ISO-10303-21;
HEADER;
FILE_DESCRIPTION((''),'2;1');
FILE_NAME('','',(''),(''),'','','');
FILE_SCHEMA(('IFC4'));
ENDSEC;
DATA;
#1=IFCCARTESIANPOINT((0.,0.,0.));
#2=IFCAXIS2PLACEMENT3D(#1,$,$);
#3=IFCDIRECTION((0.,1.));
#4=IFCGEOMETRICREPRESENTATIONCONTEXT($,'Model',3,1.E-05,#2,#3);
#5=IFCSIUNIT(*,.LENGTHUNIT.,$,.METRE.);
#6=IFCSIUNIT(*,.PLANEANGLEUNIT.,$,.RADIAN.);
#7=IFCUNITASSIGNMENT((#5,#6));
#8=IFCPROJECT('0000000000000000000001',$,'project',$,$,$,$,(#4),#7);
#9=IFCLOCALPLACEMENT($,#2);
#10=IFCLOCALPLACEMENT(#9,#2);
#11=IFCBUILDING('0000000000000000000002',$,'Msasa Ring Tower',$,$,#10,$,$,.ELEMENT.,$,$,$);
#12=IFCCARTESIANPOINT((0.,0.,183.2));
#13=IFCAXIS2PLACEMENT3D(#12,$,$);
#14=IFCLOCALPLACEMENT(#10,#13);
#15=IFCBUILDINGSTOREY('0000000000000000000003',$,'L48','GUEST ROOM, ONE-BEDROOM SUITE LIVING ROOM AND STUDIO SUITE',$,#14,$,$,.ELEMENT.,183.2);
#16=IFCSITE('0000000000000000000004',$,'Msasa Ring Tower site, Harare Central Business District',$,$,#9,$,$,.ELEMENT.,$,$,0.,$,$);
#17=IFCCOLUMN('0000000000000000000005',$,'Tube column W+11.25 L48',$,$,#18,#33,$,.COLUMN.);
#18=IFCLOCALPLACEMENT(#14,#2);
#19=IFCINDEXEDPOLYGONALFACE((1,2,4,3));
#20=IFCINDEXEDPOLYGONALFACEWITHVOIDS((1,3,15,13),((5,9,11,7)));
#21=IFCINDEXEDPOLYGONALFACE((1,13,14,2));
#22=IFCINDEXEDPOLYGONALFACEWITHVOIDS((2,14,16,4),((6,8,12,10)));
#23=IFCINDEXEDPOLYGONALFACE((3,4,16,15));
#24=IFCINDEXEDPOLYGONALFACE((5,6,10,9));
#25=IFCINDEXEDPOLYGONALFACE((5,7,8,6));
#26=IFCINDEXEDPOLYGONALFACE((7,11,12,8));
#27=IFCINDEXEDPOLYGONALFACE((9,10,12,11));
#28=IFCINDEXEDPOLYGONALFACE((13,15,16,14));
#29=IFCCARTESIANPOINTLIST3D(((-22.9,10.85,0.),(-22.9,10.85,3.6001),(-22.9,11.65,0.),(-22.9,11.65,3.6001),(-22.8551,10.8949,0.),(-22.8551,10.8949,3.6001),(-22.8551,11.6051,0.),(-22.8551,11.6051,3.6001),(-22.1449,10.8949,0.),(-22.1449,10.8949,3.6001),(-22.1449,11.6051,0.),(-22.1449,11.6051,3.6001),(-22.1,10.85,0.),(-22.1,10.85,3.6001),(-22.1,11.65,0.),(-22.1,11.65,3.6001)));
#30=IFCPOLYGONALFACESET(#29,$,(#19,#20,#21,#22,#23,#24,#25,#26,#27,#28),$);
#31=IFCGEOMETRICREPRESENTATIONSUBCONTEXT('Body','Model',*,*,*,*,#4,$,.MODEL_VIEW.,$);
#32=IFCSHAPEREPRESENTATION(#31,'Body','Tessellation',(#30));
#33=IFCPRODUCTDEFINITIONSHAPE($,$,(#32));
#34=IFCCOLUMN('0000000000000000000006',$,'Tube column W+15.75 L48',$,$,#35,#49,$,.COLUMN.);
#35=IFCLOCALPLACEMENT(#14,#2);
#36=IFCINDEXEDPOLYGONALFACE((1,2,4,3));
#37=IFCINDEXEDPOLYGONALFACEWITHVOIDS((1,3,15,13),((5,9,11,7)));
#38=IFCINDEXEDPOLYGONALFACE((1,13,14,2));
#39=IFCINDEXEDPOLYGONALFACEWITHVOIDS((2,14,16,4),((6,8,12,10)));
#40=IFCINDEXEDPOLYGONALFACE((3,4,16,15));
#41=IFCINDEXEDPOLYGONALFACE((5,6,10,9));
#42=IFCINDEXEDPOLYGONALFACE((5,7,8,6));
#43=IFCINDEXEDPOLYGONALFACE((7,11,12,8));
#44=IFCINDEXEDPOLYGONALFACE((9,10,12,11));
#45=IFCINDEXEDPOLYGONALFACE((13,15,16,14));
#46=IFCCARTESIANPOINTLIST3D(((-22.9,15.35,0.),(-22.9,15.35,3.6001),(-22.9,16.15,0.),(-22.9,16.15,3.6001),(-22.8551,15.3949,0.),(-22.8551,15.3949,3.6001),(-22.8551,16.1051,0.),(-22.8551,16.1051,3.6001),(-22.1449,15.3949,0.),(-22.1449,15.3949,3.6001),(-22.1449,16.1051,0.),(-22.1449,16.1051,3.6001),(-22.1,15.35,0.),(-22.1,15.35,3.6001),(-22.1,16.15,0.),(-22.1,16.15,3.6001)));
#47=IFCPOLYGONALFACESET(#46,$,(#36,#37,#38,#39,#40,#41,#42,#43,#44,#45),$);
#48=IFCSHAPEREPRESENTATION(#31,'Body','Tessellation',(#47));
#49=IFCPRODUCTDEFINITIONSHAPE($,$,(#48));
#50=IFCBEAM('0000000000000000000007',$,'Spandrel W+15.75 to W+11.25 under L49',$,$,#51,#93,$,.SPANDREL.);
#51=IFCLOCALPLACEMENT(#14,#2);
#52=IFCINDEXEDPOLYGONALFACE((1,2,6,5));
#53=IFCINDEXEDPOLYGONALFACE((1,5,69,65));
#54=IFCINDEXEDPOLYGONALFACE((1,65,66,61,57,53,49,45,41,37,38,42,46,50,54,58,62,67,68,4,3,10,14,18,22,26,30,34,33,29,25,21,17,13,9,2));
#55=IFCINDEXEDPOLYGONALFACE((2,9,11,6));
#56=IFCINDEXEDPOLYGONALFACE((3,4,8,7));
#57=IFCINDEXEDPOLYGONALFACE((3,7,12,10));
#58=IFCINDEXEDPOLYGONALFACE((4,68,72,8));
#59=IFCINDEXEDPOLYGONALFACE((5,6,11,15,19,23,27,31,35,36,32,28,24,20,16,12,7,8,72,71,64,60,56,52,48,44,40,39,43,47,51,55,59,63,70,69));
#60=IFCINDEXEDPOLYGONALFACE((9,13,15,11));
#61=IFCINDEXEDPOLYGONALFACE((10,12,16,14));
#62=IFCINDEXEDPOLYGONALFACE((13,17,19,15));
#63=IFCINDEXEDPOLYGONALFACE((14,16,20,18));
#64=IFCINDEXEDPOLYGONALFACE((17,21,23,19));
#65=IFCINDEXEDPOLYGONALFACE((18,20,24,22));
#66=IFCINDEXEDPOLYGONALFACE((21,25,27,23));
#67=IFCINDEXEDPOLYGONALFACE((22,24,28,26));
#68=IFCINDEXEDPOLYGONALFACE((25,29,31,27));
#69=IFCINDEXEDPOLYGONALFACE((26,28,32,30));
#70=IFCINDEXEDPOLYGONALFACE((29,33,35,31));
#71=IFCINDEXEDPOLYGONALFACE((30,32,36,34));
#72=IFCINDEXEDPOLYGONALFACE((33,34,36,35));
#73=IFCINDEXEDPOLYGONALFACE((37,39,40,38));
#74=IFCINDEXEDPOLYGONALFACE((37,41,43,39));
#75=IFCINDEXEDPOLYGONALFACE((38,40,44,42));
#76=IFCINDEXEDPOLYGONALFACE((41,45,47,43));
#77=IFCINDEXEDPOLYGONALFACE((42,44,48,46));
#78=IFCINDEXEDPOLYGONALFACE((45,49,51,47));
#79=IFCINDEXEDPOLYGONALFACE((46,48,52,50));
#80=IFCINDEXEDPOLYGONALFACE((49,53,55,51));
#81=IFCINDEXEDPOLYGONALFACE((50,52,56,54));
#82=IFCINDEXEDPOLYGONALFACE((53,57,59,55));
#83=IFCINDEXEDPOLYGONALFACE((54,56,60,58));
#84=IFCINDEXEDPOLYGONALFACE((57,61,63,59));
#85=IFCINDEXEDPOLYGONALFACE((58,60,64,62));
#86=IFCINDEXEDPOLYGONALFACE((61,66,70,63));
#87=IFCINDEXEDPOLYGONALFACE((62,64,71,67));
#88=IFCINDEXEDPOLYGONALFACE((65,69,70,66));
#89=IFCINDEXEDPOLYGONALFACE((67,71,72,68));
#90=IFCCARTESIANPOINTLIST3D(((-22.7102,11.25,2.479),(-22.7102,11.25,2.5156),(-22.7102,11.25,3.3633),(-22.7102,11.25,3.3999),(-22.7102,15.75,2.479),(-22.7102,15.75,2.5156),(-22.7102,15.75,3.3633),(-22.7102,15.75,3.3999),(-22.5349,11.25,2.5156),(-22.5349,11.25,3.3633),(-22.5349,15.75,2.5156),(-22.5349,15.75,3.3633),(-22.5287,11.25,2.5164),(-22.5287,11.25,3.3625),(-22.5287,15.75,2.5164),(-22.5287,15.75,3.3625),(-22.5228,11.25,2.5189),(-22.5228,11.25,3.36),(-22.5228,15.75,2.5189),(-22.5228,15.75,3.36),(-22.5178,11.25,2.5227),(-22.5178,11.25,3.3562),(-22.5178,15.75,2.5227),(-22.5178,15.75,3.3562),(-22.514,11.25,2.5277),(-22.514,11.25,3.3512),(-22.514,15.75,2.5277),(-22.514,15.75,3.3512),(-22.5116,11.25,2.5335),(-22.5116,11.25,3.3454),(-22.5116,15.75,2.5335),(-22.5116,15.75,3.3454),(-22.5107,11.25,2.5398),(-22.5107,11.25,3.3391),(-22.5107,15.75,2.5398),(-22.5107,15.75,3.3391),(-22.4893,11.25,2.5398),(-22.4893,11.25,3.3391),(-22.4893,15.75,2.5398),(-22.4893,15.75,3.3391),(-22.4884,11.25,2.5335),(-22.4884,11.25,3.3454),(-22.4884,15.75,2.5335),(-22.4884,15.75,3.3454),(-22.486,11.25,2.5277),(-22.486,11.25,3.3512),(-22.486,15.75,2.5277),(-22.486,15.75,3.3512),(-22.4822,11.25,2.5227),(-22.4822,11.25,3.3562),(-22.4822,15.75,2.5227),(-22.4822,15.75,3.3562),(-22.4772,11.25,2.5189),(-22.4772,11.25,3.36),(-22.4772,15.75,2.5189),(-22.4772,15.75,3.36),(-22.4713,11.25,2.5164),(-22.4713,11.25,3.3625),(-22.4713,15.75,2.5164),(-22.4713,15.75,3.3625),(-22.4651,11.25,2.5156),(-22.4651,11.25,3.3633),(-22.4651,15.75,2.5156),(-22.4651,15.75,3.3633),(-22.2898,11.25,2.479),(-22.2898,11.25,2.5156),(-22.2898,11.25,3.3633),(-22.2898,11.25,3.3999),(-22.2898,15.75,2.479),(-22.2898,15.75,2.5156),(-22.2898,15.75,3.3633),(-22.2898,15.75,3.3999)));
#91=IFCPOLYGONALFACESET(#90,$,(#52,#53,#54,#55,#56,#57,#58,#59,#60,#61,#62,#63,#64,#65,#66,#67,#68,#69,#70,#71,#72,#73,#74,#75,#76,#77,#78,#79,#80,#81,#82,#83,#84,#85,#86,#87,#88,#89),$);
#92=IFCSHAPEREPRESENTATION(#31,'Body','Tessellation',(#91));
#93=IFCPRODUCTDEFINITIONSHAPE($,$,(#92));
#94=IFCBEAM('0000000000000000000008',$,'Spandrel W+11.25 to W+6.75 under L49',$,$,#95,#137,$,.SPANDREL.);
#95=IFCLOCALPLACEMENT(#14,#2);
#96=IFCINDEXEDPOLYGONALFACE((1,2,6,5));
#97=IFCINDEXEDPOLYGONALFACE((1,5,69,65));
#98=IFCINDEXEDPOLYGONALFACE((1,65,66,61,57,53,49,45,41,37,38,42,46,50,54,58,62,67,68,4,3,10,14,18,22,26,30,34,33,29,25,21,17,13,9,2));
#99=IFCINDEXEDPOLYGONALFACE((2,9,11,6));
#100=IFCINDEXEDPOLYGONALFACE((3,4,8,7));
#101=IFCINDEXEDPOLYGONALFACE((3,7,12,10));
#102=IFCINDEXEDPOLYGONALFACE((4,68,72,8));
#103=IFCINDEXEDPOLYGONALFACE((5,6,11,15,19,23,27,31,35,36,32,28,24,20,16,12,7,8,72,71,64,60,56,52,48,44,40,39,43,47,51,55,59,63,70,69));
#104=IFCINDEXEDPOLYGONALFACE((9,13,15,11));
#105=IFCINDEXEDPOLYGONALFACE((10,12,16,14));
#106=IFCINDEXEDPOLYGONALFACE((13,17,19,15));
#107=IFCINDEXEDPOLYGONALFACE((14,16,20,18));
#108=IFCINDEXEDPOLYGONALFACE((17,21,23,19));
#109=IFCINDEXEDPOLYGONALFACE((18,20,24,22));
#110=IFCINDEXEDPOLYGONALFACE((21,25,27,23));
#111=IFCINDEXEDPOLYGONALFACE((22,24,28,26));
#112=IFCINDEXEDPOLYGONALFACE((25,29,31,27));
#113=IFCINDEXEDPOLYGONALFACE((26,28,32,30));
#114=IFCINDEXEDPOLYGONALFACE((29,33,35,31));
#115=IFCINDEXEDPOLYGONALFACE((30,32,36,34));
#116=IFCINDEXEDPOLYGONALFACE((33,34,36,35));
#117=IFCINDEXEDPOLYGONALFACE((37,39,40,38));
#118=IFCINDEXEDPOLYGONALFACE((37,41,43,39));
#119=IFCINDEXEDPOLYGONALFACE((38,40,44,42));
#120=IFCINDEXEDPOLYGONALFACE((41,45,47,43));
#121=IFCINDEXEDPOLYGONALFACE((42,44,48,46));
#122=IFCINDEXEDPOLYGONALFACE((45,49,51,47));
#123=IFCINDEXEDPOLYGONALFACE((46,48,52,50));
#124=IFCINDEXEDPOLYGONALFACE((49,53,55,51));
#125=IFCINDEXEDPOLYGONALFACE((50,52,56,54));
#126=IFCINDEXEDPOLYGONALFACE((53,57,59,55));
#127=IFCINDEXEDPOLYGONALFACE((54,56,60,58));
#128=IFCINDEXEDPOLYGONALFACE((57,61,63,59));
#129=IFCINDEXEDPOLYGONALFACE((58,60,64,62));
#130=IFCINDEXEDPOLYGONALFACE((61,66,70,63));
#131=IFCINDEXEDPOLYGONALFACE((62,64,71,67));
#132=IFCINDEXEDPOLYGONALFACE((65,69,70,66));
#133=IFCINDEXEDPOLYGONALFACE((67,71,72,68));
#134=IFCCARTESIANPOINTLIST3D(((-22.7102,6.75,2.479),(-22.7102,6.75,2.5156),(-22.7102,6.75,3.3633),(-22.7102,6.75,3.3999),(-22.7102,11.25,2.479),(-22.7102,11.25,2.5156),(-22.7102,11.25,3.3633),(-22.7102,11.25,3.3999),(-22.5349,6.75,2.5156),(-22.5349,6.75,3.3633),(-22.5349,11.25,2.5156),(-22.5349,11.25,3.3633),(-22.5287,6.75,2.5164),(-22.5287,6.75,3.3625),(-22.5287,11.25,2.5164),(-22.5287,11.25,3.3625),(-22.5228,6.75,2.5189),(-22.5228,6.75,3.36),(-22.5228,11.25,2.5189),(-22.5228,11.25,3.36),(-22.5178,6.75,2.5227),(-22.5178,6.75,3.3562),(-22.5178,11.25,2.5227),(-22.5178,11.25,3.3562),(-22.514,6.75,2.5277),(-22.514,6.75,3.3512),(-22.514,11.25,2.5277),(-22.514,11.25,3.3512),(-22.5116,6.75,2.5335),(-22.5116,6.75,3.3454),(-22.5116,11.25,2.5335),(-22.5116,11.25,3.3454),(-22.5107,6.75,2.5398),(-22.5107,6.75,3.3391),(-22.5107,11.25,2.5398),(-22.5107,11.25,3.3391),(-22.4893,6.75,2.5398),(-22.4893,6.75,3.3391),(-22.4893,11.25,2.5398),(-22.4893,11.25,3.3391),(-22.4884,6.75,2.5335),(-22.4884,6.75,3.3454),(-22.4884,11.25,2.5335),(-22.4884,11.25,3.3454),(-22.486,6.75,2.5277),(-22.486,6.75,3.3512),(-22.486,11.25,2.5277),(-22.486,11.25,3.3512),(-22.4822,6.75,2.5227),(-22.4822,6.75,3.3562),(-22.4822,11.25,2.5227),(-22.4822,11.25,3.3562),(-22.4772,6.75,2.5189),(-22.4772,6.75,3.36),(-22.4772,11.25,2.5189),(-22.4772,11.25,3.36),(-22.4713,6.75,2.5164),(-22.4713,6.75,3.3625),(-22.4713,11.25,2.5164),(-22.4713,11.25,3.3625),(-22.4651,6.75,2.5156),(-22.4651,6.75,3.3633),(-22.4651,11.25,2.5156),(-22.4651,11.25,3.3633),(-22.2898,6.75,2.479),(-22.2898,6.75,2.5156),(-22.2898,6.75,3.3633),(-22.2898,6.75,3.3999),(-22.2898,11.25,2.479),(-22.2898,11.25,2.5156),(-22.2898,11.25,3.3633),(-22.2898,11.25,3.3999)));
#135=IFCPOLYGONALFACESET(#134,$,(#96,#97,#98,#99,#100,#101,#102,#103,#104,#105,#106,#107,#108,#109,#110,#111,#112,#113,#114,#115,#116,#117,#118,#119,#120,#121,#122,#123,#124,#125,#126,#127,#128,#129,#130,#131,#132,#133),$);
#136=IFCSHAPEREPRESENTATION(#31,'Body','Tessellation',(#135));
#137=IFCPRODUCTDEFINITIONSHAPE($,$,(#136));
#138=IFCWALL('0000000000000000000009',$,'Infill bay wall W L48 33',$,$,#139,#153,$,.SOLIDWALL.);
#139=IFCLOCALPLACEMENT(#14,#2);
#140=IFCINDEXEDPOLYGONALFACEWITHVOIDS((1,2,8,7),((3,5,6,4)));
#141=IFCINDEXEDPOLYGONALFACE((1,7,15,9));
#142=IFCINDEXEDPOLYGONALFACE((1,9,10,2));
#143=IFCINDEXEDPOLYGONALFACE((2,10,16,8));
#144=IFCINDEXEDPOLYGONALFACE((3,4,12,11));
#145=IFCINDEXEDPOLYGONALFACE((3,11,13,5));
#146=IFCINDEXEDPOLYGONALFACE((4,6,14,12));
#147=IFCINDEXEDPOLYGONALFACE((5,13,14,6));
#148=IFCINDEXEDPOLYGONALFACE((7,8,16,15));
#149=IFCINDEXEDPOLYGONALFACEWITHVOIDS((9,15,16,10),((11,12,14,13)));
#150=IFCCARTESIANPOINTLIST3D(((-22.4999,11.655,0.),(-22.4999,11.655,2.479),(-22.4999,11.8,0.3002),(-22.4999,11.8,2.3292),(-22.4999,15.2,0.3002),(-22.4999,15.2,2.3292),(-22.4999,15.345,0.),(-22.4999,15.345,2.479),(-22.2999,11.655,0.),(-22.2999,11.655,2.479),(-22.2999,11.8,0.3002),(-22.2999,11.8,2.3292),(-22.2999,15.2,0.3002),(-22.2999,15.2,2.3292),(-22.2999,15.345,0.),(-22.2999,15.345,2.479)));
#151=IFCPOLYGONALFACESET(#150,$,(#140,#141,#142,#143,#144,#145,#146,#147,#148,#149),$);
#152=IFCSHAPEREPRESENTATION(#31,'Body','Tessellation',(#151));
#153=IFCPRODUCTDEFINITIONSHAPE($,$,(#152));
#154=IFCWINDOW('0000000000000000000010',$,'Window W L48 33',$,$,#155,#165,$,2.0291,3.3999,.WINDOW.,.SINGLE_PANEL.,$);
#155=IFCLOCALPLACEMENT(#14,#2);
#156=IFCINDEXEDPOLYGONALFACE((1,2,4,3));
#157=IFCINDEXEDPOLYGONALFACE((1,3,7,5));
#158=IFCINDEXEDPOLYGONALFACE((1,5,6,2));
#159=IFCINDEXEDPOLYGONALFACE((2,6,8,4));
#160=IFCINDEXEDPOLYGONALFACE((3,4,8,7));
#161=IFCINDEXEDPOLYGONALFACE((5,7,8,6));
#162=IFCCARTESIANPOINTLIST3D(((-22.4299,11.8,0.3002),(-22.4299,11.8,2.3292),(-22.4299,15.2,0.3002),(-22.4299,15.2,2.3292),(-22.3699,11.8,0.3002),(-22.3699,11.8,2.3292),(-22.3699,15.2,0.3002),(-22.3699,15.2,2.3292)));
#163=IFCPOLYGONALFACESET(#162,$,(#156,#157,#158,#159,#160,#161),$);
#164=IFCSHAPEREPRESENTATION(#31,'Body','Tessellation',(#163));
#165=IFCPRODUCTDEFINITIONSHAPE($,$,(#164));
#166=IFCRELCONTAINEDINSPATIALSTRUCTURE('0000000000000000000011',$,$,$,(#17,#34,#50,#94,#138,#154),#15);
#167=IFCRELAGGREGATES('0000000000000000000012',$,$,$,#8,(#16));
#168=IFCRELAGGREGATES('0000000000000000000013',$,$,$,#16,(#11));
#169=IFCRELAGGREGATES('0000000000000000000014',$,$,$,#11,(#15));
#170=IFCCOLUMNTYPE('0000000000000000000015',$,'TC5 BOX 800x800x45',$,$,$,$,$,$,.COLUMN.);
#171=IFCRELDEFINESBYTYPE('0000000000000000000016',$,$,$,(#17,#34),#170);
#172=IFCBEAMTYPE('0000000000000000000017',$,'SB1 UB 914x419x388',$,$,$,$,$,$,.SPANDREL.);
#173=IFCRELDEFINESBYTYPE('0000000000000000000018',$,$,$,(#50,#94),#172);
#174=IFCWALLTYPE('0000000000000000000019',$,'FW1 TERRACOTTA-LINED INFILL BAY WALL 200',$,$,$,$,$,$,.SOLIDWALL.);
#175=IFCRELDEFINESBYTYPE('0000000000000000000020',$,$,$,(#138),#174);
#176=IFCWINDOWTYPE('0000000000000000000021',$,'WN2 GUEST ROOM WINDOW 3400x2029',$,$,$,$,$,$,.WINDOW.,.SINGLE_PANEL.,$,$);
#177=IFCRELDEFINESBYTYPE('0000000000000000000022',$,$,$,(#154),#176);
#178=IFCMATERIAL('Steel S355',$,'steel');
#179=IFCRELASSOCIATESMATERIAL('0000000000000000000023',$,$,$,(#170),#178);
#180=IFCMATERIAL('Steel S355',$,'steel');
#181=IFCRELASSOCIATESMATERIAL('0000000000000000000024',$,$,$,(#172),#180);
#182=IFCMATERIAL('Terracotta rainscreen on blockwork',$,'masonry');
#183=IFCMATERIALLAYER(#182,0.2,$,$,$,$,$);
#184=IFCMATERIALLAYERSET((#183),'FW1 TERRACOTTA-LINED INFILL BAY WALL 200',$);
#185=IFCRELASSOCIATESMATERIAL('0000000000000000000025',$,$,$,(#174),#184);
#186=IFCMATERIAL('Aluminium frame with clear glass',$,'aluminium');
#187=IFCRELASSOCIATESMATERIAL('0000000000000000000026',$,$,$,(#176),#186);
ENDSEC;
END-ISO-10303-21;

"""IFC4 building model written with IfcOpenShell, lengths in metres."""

from ifc_helpers import new_model, si_unit, direction, frame, frame_2d, origin, origin_2d, place, context, subcontext, project, spatial, rectangle, hollow_rectangle, i_section, extrude, material, layer, layer_set, material_profile, profile_set, type_object, element, fill, save


model = new_model("IFC4")

# Units and contexts
model_context = context("Model", 3, precision=1e-05, world=origin(), true_north=direction((0.0, 1.0)))
body_context = subcontext(model_context, "Body", "Model", "MODEL_VIEW")
ifc_project = project(units=[si_unit("LENGTHUNIT", "METRE"), si_unit("PLANEANGLEUNIT", "RADIAN")], contexts=[model_context])

# Site, building, storey
site_placement = place(None, origin())
site = spatial("IfcSite", under=ifc_project, at=site_placement, Name="Msasa Ring Tower site, Harare Central Business District", CompositionType="ELEMENT", RefElevation=0.0)
building_placement = place(site_placement, origin())
building = spatial("IfcBuilding", under=site, at=building_placement, Name="Msasa Ring Tower", CompositionType="ELEMENT")
storey_placement = place(building_placement, frame((0.0, 0.0, 183.2)))
storey = spatial("IfcBuildingStorey", under=building, at=storey_placement, Name="L48", Description="GUEST ROOM, ONE-BEDROOM SUITE LIVING ROOM AND STUDIO SUITE", CompositionType="ELEMENT", Elevation=183.2)

# Columns
ifc_material_1 = material(Name="Steel S355", Category="steel")
ifc_material_profile_1 = material_profile(ifc_material_1, hollow_rectangle(XDim=0.8, YDim=0.8, WallThickness=0.0449, at=origin_2d()), Name="BOX 800x800x45")
ifc_profile_set_1 = profile_set([ifc_material_profile_1], Name="Steel S355")
column_type = type_object("IfcColumnType", Name="TC5 BOX 800x800x45", PredefinedType="COLUMN", material=ifc_profile_set_1)
for number, where, z_axis, x_axis, name in (
    (1, (-22.5, 11.25, 0.0), (0.0, 0.0, 1.0), (1.0, 0.0, 0.0), "Tube column W+11.25 L48"),
    (2, (-22.5, 15.75, 0.0), (0.0, 0.0, 1.0), (1.0, 0.0, 0.0), "Tube column W+15.75 L48"),
):
    element("IfcColumn", number, at=place(storey_placement, frame(where, z_axis=z_axis, x_axis=x_axis)), inside=storey, type_object=column_type, Name=name, PredefinedType="COLUMN", context=body_context, shape_type="SweptSolid", body=[
        extrude(hollow_rectangle(XDim=0.8, YDim=0.8, WallThickness=0.0449, at=origin_2d()), origin(), (0.0, 0.0, 1.0), 3.6001),
    ])

# Beams
ifc_material_2 = material(Name="Steel S355", Category="steel")
ifc_material_profile_2 = material_profile(ifc_material_2, i_section(OverallWidth=0.4204, OverallDepth=0.9209, WebThickness=0.0215, FlangeThickness=0.0366, FilletRadius=0.0242, at=origin_2d()), Name="UB 914x419x388")
ifc_profile_set_2 = profile_set([ifc_material_profile_2], Name="Steel S355")
beam_type = type_object("IfcBeamType", Name="SB1 UB 914x419x388", PredefinedType="SPANDREL", material=ifc_profile_set_2)
for number, where, z_axis, x_axis, name in (
    (3, (-22.5, 15.75, 2.9395), (0.0, -1.0, 0.0), (1.0, 0.0, 0.0), "Spandrel W+15.75 to W+11.25 under L49"),
    (4, (-22.5, 11.25, 2.9395), (0.0, -1.0, 0.0), (1.0, 0.0, 0.0), "Spandrel W+11.25 to W+6.75 under L49"),
):
    element("IfcBeam", number, at=place(storey_placement, frame(where, z_axis=z_axis, x_axis=x_axis)), inside=storey, type_object=beam_type, Name=name, PredefinedType="SPANDREL", context=body_context, shape_type="SweptSolid", body=[
        extrude(i_section(OverallWidth=0.4204, OverallDepth=0.9209, WebThickness=0.0215, FlangeThickness=0.0366, FilletRadius=0.0242, at=origin_2d()), origin(), (0.0, 0.0, 1.0), 4.5),
    ])

# Wall, opening, window
ifc_material_3 = material(Name="Terracotta rainscreen on blockwork", Category="masonry")
ifc_layer_1 = layer(ifc_material_3, 0.2)
ifc_layer_set_1 = layer_set([ifc_layer_1], Name="FW1 TERRACOTTA-LINED INFILL BAY WALL 200")
wall_type_1 = type_object("IfcWallType", Name="FW1 TERRACOTTA-LINED INFILL BAY WALL 200", PredefinedType="SOLIDWALL", material=ifc_layer_set_1)
wall_1_placement = place(storey_placement, frame((-22.3999, 11.655, 0.0), z_axis=(0.0, 0.0, 1.0), x_axis=(0.0, 1.0, 0.0)))
wall_1 = element("IfcWall", 5, at=wall_1_placement, inside=storey, type_object=wall_type_1, Name="Infill bay wall W L48 33", PredefinedType="SOLIDWALL", context=body_context, shape_type="SweptSolid", body=[
    extrude(rectangle(XDim=3.6899, YDim=0.2, at=frame_2d((1.845, 0.0))), origin(), (0.0, 0.0, 1.0), 2.479),
])
opening_1_placement = place(wall_1_placement, frame((0.145, 0.0, 0.3)))
opening_1 = element("IfcOpeningElement", 6, at=opening_1_placement, cuts=wall_1, PredefinedType="OPENING", context=body_context, shape_type="SweptSolid", body=[
    extrude(rectangle(XDim=3.3999, YDim=2.0291, at=frame_2d((1.7, 1.0146))), frame((0.0, 0.1099, 0.0), z_axis=(0.0, -1.0, 0.0), x_axis=(1.0, 0.0, 0.0)), (0.0, 0.0, 1.0), 0.22),
])
ifc_material_4 = material(Name="Aluminium frame with clear glass", Category="aluminium")
window_type = type_object("IfcWindowType", Name="WN2 GUEST ROOM WINDOW 3400x2029", PartitioningType="SINGLE_PANEL", PredefinedType="WINDOW", material=ifc_material_4)
window_placement = place(opening_1_placement, origin())
window = element("IfcWindow", 7, at=window_placement, inside=storey, type_object=window_type, Name="Window W L48 33", OverallHeight=2.0291, OverallWidth=3.3999, PartitioningType="SINGLE_PANEL", PredefinedType="WINDOW", context=body_context, shape_type="SweptSolid", body=[
    extrude(rectangle(XDim=3.3999, YDim=2.0291, at=frame_2d((1.7, 1.0146))), frame((0.0, 0.03, 0.0), z_axis=(0.0, -1.0, 0.0), x_axis=(1.0, 0.0, 0.0)), (0.0, 0.0, 1.0), 0.0601),
])
fill(opening_1, window)

save(model, "model.ifc")
